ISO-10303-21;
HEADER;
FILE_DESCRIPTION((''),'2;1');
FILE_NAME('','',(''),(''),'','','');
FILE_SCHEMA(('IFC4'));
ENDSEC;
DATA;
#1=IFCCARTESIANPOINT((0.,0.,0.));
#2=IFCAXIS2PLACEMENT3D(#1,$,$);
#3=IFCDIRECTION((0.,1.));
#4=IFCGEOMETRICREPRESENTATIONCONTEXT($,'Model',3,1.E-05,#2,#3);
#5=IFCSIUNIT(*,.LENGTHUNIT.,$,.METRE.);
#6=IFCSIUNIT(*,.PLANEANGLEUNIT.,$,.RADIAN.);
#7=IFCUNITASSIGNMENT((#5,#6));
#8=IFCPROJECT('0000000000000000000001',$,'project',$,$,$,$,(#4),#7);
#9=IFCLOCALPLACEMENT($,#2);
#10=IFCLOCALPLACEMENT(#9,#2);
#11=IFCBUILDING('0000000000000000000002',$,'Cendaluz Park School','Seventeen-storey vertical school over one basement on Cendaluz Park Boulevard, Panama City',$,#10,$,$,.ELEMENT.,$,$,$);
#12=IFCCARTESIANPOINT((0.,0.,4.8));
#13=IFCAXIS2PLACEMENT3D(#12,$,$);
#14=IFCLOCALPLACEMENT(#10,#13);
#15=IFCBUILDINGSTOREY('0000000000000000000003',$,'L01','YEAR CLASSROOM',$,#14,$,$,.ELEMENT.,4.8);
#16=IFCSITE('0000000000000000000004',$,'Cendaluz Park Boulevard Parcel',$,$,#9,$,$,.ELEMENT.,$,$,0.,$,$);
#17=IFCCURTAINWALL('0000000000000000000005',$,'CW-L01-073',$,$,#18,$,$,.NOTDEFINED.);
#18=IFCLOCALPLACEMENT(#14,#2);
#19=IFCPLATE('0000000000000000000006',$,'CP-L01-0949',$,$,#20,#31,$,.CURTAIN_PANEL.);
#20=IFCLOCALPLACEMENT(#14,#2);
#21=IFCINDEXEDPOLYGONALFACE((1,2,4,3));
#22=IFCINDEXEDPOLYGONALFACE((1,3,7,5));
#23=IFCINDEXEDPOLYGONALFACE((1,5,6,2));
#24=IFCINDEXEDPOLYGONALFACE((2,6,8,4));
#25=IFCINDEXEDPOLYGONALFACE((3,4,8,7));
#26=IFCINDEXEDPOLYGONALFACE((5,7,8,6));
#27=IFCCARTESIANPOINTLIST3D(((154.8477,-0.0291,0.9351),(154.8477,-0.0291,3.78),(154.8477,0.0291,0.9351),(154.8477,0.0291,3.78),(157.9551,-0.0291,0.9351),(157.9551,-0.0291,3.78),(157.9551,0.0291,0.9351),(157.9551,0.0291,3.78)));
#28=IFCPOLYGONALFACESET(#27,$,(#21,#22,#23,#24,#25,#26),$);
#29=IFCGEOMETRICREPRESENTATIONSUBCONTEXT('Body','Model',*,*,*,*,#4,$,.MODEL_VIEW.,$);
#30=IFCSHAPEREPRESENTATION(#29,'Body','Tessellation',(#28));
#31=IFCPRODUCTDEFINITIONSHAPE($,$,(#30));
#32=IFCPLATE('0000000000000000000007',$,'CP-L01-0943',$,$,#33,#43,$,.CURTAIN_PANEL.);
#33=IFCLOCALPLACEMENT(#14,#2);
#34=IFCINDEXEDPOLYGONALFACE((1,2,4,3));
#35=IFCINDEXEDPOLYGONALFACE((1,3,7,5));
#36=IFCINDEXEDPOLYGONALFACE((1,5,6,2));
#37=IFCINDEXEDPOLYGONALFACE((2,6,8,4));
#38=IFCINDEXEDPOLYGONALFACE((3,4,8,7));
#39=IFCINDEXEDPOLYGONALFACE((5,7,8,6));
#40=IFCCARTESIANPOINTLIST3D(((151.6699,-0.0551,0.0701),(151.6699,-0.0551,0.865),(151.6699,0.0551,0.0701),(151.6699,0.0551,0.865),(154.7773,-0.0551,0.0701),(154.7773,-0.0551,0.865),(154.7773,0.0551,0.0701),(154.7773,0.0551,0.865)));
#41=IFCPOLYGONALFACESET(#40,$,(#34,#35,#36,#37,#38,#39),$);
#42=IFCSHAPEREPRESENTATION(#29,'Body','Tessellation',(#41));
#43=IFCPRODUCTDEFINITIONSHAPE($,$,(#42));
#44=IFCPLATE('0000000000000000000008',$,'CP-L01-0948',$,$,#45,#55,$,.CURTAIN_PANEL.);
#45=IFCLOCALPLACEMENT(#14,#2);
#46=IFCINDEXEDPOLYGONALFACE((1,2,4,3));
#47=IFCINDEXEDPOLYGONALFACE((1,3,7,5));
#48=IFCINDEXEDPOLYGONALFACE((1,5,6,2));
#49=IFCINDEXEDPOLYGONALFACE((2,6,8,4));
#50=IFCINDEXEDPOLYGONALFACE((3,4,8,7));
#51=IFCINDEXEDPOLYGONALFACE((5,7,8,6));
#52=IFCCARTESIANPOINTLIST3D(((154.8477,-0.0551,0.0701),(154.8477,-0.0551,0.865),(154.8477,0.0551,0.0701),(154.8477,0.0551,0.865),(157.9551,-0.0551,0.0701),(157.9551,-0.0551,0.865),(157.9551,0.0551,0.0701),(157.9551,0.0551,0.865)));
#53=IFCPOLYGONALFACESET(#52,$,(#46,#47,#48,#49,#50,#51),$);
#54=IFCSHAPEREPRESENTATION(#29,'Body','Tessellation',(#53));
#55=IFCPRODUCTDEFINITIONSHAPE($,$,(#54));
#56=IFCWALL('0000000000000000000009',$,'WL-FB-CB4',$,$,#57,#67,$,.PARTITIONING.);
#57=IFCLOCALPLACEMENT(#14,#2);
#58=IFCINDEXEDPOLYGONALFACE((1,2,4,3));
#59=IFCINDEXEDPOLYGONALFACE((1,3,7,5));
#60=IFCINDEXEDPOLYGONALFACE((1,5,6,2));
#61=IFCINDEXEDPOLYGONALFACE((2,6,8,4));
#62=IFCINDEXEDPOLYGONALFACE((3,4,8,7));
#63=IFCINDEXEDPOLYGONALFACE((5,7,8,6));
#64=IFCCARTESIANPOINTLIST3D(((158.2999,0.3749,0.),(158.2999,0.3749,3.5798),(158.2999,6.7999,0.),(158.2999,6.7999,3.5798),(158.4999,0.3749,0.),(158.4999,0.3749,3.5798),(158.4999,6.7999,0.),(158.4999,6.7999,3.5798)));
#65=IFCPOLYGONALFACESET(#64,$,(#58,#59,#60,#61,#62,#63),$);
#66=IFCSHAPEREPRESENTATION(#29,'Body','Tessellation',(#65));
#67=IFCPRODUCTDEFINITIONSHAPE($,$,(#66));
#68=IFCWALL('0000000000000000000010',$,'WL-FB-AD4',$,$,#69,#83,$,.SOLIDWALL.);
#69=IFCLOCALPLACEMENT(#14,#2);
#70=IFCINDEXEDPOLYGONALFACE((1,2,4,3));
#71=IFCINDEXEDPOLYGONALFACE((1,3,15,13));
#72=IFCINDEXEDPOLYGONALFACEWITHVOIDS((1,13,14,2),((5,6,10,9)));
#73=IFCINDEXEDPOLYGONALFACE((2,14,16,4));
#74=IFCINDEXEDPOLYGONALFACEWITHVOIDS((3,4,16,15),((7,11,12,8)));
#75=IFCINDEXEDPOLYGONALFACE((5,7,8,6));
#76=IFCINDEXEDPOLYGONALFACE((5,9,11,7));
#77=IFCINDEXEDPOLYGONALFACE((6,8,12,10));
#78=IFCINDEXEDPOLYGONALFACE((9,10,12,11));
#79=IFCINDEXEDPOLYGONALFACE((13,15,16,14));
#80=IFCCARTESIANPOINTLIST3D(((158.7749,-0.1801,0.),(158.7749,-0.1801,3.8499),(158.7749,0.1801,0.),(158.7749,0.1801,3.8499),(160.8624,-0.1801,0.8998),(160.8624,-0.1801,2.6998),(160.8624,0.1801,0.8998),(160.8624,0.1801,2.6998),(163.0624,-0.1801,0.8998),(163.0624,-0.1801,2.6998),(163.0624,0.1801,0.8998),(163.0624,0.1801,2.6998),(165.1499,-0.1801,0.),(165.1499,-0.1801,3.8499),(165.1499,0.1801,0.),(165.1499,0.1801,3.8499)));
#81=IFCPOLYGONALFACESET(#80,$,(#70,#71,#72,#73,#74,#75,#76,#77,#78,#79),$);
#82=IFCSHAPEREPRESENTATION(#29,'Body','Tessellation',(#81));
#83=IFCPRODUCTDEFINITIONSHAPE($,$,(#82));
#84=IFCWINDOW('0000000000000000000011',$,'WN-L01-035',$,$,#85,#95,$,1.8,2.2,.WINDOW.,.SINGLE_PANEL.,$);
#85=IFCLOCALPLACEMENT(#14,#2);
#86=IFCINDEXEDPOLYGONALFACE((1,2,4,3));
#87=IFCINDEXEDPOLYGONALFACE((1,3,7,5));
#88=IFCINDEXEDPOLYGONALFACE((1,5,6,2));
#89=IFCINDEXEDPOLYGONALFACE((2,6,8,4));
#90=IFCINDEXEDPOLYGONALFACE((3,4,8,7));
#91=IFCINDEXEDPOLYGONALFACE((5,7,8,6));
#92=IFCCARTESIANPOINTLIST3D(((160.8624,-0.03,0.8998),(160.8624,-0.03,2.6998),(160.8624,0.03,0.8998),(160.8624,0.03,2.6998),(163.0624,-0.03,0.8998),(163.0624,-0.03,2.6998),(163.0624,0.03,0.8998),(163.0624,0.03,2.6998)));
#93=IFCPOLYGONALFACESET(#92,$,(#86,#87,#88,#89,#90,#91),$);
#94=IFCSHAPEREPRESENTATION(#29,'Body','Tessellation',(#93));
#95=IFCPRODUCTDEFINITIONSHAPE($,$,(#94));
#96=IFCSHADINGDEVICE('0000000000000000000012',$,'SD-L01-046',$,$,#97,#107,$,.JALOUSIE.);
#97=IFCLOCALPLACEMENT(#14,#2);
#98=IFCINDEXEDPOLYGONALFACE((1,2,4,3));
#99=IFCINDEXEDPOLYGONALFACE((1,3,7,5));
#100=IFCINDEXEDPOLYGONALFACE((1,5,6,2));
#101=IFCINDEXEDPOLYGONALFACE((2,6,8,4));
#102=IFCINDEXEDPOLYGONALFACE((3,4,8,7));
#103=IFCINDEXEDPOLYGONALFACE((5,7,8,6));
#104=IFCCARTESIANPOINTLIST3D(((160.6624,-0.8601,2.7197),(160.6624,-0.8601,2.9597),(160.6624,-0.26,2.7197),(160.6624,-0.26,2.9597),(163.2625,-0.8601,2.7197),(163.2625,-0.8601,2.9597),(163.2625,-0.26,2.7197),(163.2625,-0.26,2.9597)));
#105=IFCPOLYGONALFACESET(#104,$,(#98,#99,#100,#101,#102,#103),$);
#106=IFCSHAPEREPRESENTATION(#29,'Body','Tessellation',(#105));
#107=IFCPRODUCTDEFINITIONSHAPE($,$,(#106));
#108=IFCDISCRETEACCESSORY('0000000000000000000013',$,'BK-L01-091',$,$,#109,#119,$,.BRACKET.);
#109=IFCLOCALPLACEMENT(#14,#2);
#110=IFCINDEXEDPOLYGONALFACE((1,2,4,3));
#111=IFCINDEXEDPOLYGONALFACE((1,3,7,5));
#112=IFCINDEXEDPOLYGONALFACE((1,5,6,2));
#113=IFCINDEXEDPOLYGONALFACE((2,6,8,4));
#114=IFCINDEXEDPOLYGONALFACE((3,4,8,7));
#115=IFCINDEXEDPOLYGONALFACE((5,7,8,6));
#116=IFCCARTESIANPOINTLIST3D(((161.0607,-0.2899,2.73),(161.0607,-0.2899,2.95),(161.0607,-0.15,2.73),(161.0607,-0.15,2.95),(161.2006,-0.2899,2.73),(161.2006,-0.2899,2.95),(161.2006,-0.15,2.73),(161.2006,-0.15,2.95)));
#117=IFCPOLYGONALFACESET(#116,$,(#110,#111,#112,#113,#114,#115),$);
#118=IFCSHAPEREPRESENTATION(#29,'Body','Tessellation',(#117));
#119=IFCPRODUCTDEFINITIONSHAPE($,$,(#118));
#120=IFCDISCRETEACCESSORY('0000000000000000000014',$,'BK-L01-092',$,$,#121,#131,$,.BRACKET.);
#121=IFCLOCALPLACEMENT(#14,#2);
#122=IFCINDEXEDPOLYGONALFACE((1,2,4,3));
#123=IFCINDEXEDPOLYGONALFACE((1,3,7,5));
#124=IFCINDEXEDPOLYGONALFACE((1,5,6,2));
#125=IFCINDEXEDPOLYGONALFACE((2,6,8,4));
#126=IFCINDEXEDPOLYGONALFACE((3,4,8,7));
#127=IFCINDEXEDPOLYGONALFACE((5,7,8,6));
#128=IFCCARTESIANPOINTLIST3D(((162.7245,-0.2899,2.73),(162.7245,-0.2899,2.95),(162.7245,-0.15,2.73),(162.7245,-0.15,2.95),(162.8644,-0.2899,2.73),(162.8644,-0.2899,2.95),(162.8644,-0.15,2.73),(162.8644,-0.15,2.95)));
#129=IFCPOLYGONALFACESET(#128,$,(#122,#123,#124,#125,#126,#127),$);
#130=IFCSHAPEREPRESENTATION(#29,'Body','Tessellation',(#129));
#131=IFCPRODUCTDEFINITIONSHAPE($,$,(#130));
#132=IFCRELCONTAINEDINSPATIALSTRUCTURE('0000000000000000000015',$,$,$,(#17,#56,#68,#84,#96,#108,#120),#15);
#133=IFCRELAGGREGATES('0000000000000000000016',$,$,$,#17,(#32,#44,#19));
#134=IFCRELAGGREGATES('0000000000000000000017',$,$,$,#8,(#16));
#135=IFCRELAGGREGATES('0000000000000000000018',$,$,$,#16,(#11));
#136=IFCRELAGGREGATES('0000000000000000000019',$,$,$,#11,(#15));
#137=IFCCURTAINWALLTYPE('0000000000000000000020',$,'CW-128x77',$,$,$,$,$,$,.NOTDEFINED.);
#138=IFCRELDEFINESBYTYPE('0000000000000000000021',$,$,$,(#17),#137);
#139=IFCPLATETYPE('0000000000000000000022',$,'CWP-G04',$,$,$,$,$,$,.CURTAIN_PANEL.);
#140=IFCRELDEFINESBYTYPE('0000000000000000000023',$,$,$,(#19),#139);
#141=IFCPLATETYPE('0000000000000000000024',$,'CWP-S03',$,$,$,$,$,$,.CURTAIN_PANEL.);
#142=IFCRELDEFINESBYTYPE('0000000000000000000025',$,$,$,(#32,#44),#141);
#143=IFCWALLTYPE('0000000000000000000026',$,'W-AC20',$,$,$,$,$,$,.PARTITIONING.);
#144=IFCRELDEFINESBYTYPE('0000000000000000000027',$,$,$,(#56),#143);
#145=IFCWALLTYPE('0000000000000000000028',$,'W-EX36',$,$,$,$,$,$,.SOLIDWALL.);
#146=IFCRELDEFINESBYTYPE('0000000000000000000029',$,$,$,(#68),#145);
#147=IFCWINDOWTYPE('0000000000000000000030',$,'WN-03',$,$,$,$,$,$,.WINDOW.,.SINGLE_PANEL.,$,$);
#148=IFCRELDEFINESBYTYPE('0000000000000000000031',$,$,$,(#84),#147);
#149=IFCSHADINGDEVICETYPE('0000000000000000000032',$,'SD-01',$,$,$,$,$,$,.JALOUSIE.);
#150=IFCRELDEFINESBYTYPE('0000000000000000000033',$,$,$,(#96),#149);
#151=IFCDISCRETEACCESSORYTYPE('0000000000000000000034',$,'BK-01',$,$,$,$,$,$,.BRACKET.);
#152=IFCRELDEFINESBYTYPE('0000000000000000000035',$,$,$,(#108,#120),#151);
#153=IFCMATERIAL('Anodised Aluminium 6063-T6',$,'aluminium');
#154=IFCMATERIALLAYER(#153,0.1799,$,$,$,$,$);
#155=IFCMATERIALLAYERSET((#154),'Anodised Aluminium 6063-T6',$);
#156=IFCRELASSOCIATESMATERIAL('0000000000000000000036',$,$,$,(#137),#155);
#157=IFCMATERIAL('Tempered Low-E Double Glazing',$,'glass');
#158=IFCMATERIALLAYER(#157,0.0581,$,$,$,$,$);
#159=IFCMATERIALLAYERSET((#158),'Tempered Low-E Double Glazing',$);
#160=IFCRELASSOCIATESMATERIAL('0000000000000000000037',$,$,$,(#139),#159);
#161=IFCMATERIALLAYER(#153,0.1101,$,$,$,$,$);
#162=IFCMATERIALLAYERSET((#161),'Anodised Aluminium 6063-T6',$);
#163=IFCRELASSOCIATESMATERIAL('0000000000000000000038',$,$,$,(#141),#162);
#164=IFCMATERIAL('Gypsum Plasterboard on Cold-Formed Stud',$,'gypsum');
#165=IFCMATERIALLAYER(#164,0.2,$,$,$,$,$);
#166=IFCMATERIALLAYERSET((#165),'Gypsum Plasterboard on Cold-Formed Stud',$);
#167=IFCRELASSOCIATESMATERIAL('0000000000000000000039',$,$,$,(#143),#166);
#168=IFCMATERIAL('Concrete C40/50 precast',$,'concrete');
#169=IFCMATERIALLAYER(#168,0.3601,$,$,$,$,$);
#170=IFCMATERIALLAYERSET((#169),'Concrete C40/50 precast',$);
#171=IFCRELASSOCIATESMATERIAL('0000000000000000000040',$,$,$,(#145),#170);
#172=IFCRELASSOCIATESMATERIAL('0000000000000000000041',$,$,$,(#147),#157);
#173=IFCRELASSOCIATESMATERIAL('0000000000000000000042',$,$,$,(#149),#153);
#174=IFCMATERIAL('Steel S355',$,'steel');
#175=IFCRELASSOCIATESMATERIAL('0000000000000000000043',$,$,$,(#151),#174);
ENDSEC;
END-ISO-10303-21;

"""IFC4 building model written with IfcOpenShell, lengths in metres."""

from ifc_helpers import new_model, si_unit, direction, frame, frame_2d, origin, origin_2d, place, context, subcontext, project, spatial, rectangle, extrude, material, layer, layer_set, type_object, element, fill, aggregate, save


model = new_model("IFC4")

# Units and contexts
model_context = context("Model", 3, precision=1e-05, world=origin(), true_north=direction((0.0, 1.0)))
body_context = subcontext(model_context, "Body", "Model", "MODEL_VIEW")
ifc_project = project(units=[si_unit("LENGTHUNIT", "METRE"), si_unit("PLANEANGLEUNIT", "RADIAN")], contexts=[model_context])

# Site, building, storey
site_placement = place(None, origin())
site = spatial("IfcSite", under=ifc_project, at=site_placement, Name="Cendaluz Park Boulevard Parcel", CompositionType="ELEMENT", RefElevation=0.0)
building_placement = place(site_placement, origin())
building = spatial("IfcBuilding", under=site, at=building_placement, Name="Cendaluz Park School", Description="Seventeen-storey vertical school over one basement on Cendaluz Park Boulevard, Panama City", CompositionType="ELEMENT")
storey_placement = place(building_placement, frame((0.0, 0.0, 4.8)))
storey = spatial("IfcBuildingStorey", under=building, at=storey_placement, Name="L01", Description="YEAR CLASSROOM", CompositionType="ELEMENT", Elevation=4.8)

# Curtain wall, plates
ifc_material_1 = material(Name="Anodised Aluminium 6063-T6", Category="aluminium")
ifc_layer_1 = layer(ifc_material_1, 0.1799)
ifc_layer_set_1 = layer_set([ifc_layer_1], Name="Anodised Aluminium 6063-T6")
curtain_wall_type = type_object("IfcCurtainWallType", Name="CW-128x77", PredefinedType="NOTDEFINED", material=ifc_layer_set_1)
curtain_wall_placement = place(storey_placement, origin())
curtain_wall = element("IfcCurtainWall", 1, at=curtain_wall_placement, inside=storey, type_object=curtain_wall_type, Name="CW-L01-073", PredefinedType="NOTDEFINED")
ifc_material_2 = material(Name="Tempered Low-E Double Glazing", Category="glass")
ifc_layer_2 = layer(ifc_material_2, 0.0581)
ifc_layer_set_2 = layer_set([ifc_layer_2], Name="Tempered Low-E Double Glazing")
plate_type_1 = type_object("IfcPlateType", Name="CWP-G04", PredefinedType="CURTAIN_PANEL", material=ifc_layer_set_2)
plate_1_placement = place(storey_placement, frame((156.4014, 0.0, 0.9351), z_axis=(0.0, 0.0, 1.0), x_axis=(1.0, 0.0, 0.0)))
plate_1 = element("IfcPlate", 2, at=plate_1_placement, type_object=plate_type_1, Name="CP-L01-0949", PredefinedType="CURTAIN_PANEL", context=body_context, shape_type="SweptSolid", body=[
    extrude(rectangle(XDim=3.1074, YDim=0.0581, at=origin_2d()), origin(), (0.0, 0.0, 1.0), 2.845),
])
ifc_layer_3 = layer(ifc_material_1, 0.1101)
ifc_layer_set_3 = layer_set([ifc_layer_3], Name="Anodised Aluminium 6063-T6")
plate_type_2 = type_object("IfcPlateType", Name="CWP-S03", PredefinedType="CURTAIN_PANEL", material=ifc_layer_set_3)
plate_2_placement = place(storey_placement, frame((153.2236, 0.0, 0.0701), z_axis=(0.0, 0.0, 1.0), x_axis=(1.0, 0.0, 0.0)))
plate_2 = element("IfcPlate", 3, at=plate_2_placement, type_object=plate_type_2, Name="CP-L01-0943", PredefinedType="CURTAIN_PANEL", context=body_context, shape_type="SweptSolid", body=[
    extrude(rectangle(XDim=3.1074, YDim=0.1101, at=origin_2d()), origin(), (0.0, 0.0, 1.0), 0.7949),
])
plate_3_placement = place(storey_placement, frame((156.4014, 0.0, 0.0701), z_axis=(0.0, 0.0, 1.0), x_axis=(1.0, 0.0, 0.0)))
plate_3 = element("IfcPlate", 4, at=plate_3_placement, type_object=plate_type_2, Name="CP-L01-0948", PredefinedType="CURTAIN_PANEL", context=body_context, shape_type="SweptSolid", body=[
    extrude(rectangle(XDim=3.1074, YDim=0.1101, at=origin_2d()), origin(), (0.0, 0.0, 1.0), 0.7949),
])
aggregate(curtain_wall, [plate_2, plate_3, plate_1])

# Wall
ifc_material_3 = material(Name="Gypsum Plasterboard on Cold-Formed Stud", Category="gypsum")
ifc_layer_4 = layer(ifc_material_3, 0.2)
ifc_layer_set_4 = layer_set([ifc_layer_4], Name="Gypsum Plasterboard on Cold-Formed Stud")
wall_type_1 = type_object("IfcWallType", Name="W-AC20", PredefinedType="PARTITIONING", material=ifc_layer_set_4)
wall_1_placement = place(storey_placement, frame((158.3999, 0.375, 0.0), z_axis=(0.0, 0.0, 1.0), x_axis=(0.0, 1.0, 0.0)))
element("IfcWall", 5, at=wall_1_placement, inside=storey, type_object=wall_type_1, Name="WL-FB-CB4", PredefinedType="PARTITIONING", context=body_context, shape_type="SweptSolid", body=[
    extrude(rectangle(XDim=6.425, YDim=0.2, at=frame_2d((3.2124, 0.0))), origin(), (0.0, 0.0, 1.0), 3.5798),
])

# Wall, opening, window
ifc_material_4 = material(Name="Concrete C40/50 precast", Category="concrete")
ifc_layer_5 = layer(ifc_material_4, 0.3601)
ifc_layer_set_5 = layer_set([ifc_layer_5], Name="Concrete C40/50 precast")
wall_type_2 = type_object("IfcWallType", Name="W-EX36", PredefinedType="SOLIDWALL", material=ifc_layer_set_5)
wall_2_placement = place(storey_placement, frame((158.7749, 0.0, 0.0), z_axis=(0.0, 0.0, 1.0), x_axis=(1.0, 0.0, 0.0)))
wall_2 = element("IfcWall", 6, at=wall_2_placement, inside=storey, type_object=wall_type_2, Name="WL-FB-AD4", PredefinedType="SOLIDWALL", context=body_context, shape_type="SweptSolid", body=[
    extrude(rectangle(XDim=6.375, YDim=0.3601, at=frame_2d((3.1875, 0.0))), origin(), (0.0, 0.0, 1.0), 3.8499),
])
opening_placement = place(wall_2_placement, frame((2.0874, 0.0, 0.8999)))
opening = element("IfcOpeningElement", 7, at=opening_placement, cuts=wall_2, PredefinedType="OPENING", context=body_context, shape_type="SweptSolid", body=[
    extrude(rectangle(XDim=2.2, YDim=1.8, at=frame_2d((1.1001, 0.8999))), frame((0.0, 0.1921, 0.0), z_axis=(0.0, -1.0, 0.0), x_axis=(1.0, 0.0, 0.0)), (0.0, 0.0, 1.0), 0.384),
])
window_type = type_object("IfcWindowType", Name="WN-03", PartitioningType="SINGLE_PANEL", PredefinedType="WINDOW", material=ifc_material_2)
window_placement = place(opening_placement, origin())
window = element("IfcWindow", 8, at=window_placement, inside=storey, type_object=window_type, Name="WN-L01-035", OverallHeight=1.8, OverallWidth=2.2, PartitioningType="SINGLE_PANEL", PredefinedType="WINDOW", context=body_context, shape_type="SweptSolid", body=[
    extrude(rectangle(XDim=2.2, YDim=1.8, at=frame_2d((1.1001, 0.8999))), frame((0.0, 0.03, 0.0), z_axis=(0.0, -1.0, 0.0), x_axis=(1.0, 0.0, 0.0)), (0.0, 0.0, 1.0), 0.0601),
])
fill(opening, window)

# Shading device
shading_device_type = type_object("IfcShadingDeviceType", Name="SD-01", PredefinedType="JALOUSIE", material=ifc_material_1)
shading_device_placement = place(storey_placement, frame((161.9624, -0.5601, 2.7197), z_axis=(0.0, 0.0, 1.0), x_axis=(1.0, 0.0, 0.0)))
element("IfcShadingDevice", 9, at=shading_device_placement, inside=storey, type_object=shading_device_type, Name="SD-L01-046", PredefinedType="JALOUSIE", context=body_context, shape_type="SweptSolid", body=[
    extrude(rectangle(XDim=2.6001, YDim=0.6001, at=origin_2d()), origin(), (0.0, 0.0, 1.0), 0.24),
])

# Discrete accessories
ifc_material_5 = material(Name="Steel S355", Category="steel")
discrete_accessory_type = type_object("IfcDiscreteAccessoryType", Name="BK-01", PredefinedType="BRACKET", material=ifc_material_5)
for number, where, z_axis, x_axis, name in (
    (10, (161.1306, -0.22, 2.73), (0.0, 0.0, 1.0), (1.0, 0.0, 0.0), "BK-L01-091"),
    (11, (162.7944, -0.22, 2.73), (0.0, 0.0, 1.0), (1.0, 0.0, 0.0), "BK-L01-092"),
):
    element("IfcDiscreteAccessory", number, at=place(storey_placement, frame(where, z_axis=z_axis, x_axis=x_axis)), inside=storey, type_object=discrete_accessory_type, Name=name, PredefinedType="BRACKET", context=body_context, shape_type="SweptSolid", body=[
        extrude(rectangle(XDim=0.1399, YDim=0.1399, at=origin_2d()), origin(), (0.0, 0.0, 1.0), 0.22),
    ])

save(model, "model.ifc")
